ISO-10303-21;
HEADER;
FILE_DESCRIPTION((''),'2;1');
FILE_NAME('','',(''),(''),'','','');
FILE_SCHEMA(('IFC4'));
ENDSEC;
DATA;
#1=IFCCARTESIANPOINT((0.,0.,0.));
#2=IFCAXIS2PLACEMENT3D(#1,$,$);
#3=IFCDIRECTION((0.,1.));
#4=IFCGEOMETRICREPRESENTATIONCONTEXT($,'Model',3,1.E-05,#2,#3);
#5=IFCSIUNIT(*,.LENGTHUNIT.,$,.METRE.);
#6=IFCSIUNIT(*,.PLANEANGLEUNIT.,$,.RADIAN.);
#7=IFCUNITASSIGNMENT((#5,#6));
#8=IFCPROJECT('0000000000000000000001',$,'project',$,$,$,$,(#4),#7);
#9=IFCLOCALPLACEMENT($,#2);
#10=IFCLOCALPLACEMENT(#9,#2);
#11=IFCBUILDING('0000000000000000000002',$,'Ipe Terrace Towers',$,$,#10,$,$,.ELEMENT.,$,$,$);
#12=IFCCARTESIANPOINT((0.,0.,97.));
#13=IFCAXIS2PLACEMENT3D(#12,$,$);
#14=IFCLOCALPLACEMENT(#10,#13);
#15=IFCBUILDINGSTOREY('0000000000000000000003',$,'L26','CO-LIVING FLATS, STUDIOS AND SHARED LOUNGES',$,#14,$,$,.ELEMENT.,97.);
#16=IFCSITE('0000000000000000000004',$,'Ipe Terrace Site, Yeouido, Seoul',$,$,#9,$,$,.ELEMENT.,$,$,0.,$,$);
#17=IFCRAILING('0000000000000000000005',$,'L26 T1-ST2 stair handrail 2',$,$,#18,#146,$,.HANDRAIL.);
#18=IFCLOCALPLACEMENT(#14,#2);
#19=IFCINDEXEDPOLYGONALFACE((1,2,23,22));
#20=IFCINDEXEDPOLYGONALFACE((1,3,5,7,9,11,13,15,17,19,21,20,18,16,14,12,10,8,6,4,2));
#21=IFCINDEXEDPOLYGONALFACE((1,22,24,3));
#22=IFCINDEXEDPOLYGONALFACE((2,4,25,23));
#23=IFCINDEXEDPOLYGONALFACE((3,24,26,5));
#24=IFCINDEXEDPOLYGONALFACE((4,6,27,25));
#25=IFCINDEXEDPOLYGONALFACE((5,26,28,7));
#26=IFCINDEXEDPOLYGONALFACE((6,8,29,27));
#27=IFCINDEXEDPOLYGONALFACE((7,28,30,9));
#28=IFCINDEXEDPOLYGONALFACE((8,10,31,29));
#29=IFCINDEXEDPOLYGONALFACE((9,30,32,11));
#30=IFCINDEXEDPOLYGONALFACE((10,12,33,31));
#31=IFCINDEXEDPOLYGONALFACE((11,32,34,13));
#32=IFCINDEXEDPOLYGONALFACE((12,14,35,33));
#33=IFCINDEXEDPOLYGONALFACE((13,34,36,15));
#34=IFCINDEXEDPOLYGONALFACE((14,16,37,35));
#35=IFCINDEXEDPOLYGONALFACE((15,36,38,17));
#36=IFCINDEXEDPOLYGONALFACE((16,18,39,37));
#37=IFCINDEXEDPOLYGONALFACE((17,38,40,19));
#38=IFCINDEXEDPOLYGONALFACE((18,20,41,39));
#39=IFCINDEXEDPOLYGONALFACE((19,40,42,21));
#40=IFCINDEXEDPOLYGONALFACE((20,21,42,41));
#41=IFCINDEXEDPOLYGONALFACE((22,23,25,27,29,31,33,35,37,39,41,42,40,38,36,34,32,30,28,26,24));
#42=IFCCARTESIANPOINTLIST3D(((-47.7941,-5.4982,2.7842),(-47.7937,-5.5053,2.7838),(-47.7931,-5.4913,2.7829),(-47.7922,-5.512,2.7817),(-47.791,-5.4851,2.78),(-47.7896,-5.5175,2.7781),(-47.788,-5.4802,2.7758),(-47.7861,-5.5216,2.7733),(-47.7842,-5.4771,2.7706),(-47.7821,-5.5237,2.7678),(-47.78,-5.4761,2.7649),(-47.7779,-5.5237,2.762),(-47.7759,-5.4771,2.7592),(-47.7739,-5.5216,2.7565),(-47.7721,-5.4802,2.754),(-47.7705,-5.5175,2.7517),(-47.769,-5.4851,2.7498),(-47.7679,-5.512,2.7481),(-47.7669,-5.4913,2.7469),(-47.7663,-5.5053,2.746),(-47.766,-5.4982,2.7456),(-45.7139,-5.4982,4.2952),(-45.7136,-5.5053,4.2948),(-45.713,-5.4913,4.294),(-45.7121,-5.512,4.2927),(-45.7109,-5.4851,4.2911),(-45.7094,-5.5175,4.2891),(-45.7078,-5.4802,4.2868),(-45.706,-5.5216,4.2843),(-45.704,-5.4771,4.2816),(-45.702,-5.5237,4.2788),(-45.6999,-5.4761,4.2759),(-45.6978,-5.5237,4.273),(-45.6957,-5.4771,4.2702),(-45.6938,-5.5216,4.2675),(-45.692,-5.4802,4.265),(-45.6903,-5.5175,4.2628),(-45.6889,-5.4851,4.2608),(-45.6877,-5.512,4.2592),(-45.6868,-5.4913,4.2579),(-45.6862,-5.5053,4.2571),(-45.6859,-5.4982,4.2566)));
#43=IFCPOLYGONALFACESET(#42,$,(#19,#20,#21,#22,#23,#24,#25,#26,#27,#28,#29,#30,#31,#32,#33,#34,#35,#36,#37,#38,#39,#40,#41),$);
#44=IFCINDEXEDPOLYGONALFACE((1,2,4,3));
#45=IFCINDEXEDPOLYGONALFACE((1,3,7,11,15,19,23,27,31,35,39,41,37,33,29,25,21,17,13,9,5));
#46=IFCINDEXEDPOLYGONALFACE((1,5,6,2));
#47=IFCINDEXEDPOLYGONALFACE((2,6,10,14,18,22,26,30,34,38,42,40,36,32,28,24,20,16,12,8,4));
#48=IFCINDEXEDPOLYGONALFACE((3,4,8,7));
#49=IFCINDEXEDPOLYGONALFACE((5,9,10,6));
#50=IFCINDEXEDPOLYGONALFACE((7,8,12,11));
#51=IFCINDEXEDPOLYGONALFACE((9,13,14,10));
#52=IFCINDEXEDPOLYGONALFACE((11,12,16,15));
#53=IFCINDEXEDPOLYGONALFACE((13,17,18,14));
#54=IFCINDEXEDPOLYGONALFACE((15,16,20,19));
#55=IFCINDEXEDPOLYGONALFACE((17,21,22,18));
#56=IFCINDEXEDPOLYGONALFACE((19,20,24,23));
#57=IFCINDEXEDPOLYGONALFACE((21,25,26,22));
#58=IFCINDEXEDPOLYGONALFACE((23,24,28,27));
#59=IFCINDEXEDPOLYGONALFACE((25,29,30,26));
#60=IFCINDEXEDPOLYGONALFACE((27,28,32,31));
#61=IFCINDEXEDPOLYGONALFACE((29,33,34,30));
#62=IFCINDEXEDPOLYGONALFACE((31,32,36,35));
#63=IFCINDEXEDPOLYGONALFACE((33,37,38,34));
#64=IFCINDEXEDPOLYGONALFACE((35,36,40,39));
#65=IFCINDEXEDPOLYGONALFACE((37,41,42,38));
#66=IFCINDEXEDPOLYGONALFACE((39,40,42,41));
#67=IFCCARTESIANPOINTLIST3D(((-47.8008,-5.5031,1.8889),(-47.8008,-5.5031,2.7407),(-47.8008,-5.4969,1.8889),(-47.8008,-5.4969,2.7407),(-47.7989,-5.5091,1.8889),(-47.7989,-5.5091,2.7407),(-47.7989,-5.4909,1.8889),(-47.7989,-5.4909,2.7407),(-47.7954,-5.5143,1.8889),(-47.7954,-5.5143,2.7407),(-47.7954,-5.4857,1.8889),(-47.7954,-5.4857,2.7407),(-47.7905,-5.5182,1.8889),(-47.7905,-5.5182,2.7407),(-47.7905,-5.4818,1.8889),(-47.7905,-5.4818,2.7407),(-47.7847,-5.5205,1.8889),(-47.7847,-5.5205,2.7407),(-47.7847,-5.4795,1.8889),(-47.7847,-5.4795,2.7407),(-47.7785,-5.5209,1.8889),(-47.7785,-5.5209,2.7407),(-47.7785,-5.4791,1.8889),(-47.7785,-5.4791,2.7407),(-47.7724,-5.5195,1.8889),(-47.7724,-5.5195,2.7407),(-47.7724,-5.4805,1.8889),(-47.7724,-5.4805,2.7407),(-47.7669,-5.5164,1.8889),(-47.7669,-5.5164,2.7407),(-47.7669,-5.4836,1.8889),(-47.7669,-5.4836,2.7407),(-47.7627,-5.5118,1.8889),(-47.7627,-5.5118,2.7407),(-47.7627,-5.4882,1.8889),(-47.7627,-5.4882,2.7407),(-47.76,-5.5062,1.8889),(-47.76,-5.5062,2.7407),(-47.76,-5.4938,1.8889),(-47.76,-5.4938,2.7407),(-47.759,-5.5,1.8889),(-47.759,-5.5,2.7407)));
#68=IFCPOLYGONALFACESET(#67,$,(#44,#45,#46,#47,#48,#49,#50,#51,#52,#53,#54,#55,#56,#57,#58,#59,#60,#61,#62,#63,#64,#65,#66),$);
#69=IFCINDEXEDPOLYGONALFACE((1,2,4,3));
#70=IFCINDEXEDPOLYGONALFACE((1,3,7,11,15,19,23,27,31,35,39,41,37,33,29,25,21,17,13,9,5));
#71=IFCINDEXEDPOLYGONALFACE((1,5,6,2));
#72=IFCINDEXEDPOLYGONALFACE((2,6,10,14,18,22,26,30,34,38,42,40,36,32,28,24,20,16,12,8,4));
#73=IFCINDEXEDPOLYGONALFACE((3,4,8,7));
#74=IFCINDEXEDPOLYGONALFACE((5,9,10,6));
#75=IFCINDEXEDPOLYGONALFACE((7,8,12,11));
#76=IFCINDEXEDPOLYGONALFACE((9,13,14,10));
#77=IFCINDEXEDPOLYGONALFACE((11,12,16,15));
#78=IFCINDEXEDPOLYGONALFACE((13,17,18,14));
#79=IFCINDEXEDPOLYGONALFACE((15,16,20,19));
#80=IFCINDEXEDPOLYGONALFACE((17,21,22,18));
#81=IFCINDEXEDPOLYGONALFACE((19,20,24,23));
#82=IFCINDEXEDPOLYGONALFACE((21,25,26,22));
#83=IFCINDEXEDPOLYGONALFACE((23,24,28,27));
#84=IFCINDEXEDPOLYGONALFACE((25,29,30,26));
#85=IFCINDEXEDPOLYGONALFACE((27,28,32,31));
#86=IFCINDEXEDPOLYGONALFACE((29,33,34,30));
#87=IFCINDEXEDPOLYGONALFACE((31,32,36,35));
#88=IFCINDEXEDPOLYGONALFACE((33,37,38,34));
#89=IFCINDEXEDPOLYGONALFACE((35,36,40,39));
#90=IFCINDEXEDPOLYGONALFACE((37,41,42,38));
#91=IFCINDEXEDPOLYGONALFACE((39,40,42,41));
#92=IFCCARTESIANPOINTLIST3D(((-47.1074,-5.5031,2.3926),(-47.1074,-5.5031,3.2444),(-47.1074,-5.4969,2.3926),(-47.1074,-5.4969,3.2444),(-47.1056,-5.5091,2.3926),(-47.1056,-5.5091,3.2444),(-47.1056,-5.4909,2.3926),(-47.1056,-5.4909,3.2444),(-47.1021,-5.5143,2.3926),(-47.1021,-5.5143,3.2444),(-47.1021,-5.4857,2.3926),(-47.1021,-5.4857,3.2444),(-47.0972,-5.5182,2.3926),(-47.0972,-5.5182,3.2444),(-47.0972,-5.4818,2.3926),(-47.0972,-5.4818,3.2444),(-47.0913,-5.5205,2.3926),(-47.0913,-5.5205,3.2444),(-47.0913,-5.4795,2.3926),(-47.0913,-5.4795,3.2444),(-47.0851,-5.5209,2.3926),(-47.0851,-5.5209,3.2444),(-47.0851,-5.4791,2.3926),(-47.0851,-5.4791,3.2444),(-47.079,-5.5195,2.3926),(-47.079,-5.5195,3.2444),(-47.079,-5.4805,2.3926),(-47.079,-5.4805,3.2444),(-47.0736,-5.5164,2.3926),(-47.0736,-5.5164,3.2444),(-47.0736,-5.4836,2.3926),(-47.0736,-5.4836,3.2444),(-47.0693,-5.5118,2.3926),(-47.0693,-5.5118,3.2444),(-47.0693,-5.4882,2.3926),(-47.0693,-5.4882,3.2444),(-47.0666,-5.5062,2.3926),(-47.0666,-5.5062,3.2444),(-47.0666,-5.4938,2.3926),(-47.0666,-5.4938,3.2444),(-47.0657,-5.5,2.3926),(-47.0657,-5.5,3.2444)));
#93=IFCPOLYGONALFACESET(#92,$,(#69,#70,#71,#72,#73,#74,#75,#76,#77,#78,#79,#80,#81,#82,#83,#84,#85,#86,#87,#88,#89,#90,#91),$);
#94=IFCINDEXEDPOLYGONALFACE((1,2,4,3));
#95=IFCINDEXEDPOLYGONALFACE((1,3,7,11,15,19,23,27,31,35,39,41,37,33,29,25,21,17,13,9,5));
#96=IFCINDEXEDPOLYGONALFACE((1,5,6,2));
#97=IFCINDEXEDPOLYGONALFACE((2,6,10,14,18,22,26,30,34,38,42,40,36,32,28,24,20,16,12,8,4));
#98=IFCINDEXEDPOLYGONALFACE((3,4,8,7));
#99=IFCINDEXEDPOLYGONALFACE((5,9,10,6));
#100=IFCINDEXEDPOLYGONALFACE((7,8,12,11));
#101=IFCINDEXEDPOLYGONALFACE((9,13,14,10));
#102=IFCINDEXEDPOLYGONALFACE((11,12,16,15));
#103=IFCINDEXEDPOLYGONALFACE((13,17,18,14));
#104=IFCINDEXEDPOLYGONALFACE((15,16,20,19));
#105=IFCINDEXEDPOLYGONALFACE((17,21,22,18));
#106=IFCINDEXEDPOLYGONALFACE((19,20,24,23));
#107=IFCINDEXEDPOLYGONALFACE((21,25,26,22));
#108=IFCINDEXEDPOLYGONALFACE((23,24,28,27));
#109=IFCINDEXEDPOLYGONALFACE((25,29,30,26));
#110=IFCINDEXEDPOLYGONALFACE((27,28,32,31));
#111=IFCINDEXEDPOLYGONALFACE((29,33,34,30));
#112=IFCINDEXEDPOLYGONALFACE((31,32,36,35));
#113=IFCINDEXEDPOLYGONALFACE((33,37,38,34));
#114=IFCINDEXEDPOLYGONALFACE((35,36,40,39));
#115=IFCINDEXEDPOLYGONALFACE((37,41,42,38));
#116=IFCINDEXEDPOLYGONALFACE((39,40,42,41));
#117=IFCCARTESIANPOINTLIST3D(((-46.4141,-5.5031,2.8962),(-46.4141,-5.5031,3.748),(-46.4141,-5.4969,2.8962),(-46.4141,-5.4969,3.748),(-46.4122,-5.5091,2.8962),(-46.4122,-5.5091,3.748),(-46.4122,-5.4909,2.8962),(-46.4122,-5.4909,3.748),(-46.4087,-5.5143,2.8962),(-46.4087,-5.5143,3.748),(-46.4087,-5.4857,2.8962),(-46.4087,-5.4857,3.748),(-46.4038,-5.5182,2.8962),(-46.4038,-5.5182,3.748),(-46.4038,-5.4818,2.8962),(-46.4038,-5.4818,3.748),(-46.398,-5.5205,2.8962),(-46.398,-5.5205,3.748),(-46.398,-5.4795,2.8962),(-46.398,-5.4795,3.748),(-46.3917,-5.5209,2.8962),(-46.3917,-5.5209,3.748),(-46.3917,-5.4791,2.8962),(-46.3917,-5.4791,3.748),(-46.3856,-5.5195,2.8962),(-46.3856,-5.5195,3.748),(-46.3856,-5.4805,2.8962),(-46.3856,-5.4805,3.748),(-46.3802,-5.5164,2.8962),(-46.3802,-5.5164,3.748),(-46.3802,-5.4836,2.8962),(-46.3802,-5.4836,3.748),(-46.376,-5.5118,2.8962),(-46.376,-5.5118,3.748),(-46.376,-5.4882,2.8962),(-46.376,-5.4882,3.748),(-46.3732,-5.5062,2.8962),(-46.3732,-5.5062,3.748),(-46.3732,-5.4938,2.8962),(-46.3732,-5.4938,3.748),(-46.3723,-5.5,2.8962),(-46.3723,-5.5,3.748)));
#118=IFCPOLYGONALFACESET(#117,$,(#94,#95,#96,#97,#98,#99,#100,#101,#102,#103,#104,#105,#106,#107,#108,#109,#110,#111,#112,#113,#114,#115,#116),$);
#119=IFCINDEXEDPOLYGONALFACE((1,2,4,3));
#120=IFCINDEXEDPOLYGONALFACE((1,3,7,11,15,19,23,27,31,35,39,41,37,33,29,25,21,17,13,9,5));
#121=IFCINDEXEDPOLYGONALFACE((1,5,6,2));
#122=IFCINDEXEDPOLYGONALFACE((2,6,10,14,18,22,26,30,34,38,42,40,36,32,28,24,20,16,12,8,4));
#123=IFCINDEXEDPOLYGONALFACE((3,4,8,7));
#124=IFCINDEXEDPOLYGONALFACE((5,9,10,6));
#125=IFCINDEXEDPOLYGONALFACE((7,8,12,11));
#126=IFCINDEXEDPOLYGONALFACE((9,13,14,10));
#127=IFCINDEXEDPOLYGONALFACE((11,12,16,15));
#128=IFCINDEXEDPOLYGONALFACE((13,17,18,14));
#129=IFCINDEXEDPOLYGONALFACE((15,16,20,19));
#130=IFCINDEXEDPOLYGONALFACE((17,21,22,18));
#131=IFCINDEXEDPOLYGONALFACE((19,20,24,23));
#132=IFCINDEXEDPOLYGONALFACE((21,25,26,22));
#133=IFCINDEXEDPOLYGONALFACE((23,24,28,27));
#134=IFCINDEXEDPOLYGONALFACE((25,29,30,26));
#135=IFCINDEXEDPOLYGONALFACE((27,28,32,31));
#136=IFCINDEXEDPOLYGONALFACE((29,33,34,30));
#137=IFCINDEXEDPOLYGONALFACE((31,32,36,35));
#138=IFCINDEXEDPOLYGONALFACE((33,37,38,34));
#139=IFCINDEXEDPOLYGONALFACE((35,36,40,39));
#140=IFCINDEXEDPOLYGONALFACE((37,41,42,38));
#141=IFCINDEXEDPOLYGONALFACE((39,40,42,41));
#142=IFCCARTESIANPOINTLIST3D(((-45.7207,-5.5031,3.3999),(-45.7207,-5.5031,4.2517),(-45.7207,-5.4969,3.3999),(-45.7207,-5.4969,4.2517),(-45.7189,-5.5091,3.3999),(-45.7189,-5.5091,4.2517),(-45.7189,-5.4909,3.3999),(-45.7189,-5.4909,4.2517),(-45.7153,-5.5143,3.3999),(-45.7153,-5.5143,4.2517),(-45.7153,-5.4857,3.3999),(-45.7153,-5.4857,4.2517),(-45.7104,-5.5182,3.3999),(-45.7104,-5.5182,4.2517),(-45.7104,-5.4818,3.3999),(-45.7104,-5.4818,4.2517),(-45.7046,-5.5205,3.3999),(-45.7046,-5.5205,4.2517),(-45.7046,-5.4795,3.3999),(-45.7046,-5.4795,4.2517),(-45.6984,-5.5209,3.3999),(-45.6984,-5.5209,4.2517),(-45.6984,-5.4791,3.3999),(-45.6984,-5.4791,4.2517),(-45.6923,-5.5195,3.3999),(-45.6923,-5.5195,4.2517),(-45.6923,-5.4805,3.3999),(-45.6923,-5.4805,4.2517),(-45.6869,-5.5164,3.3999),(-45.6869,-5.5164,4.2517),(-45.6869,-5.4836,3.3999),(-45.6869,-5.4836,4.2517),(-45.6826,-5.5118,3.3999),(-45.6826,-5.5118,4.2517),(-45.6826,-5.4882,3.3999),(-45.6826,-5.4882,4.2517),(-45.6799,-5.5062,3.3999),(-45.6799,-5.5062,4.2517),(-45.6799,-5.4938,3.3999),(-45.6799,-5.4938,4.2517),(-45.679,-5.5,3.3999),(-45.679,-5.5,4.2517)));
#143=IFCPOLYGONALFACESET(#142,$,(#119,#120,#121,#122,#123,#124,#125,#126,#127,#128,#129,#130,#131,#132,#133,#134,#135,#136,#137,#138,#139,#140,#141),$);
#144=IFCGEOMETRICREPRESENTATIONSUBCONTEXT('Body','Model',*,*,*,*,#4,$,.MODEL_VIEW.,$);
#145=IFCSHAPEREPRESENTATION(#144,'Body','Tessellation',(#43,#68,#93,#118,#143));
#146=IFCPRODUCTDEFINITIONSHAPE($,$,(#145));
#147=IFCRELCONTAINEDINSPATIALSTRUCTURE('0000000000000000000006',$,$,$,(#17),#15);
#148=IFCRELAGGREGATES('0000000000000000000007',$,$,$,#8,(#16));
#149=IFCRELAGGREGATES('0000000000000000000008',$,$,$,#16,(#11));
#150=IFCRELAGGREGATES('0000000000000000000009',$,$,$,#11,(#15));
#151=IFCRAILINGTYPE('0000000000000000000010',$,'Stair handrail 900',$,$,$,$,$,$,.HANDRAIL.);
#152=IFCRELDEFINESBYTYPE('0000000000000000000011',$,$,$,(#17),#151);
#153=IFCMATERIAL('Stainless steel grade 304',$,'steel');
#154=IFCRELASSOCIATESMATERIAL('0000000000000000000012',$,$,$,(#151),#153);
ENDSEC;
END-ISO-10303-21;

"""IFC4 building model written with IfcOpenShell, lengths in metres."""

from ifc_helpers import new_model, si_unit, direction, frame, origin, origin_2d, place, context, subcontext, project, spatial, circle, extrude, material, type_object, element, save


model = new_model("IFC4")

# Units and contexts
model_context = context("Model", 3, precision=1e-05, world=origin(), true_north=direction((0.0, 1.0)))
body_context = subcontext(model_context, "Body", "Model", "MODEL_VIEW")
ifc_project = project(units=[si_unit("LENGTHUNIT", "METRE"), si_unit("PLANEANGLEUNIT", "RADIAN")], contexts=[model_context])

# Site, building, storey
site_placement = place(None, origin())
site = spatial("IfcSite", under=ifc_project, at=site_placement, Name="Ipe Terrace Site, Yeouido, Seoul", CompositionType="ELEMENT", RefElevation=0.0)
building_placement = place(site_placement, origin())
building = spatial("IfcBuilding", under=site, at=building_placement, Name="Ipe Terrace Towers", CompositionType="ELEMENT")
storey_placement = place(building_placement, frame((0.0, 0.0, 97.0)))
storey = spatial("IfcBuildingStorey", under=building, at=storey_placement, Name="L26", Description="CO-LIVING FLATS, STUDIOS AND SHARED LOUNGES", CompositionType="ELEMENT", Elevation=97.0)

# Railing
ifc_material_1 = material(Name="Stainless steel grade 304", Category="steel")
railing_type_1 = type_object("IfcRailingType", Name="Stair handrail 900", PredefinedType="HANDRAIL", material=ifc_material_1)
railing_1_placement = place(storey_placement, frame((-47.78, -5.5, 1.8889)))
element("IfcRailing", 1, at=railing_1_placement, inside=storey, type_object=railing_type_1, Name="L26 T1-ST2 stair handrail 2", PredefinedType="HANDRAIL", context=body_context, shape_type="SweptSolid", body=[
    extrude(circle(Radius=0.0239, at=origin_2d()), frame((0.0, 0.0, 0.876), z_axis=(0.809069, 0.0, 0.587714), x_axis=(0.0, 1.0, 0.0)), (0.0, 0.0, 1.0), 2.571),
    extrude(circle(Radius=0.021, at=origin_2d()), origin(), (0.0, 0.0, 1.0), 0.8518),
    extrude(circle(Radius=0.021, at=origin_2d()), frame((0.6934, 0.0, 0.5037)), (0.0, 0.0, 1.0), 0.8518),
    extrude(circle(Radius=0.021, at=origin_2d()), frame((1.3867, 0.0, 1.0073)), (0.0, 0.0, 1.0), 0.8518),
    extrude(circle(Radius=0.021, at=origin_2d()), frame((2.0801, 0.0, 1.511)), (0.0, 0.0, 1.0), 0.8518),
])

save(model, "model.ifc")
